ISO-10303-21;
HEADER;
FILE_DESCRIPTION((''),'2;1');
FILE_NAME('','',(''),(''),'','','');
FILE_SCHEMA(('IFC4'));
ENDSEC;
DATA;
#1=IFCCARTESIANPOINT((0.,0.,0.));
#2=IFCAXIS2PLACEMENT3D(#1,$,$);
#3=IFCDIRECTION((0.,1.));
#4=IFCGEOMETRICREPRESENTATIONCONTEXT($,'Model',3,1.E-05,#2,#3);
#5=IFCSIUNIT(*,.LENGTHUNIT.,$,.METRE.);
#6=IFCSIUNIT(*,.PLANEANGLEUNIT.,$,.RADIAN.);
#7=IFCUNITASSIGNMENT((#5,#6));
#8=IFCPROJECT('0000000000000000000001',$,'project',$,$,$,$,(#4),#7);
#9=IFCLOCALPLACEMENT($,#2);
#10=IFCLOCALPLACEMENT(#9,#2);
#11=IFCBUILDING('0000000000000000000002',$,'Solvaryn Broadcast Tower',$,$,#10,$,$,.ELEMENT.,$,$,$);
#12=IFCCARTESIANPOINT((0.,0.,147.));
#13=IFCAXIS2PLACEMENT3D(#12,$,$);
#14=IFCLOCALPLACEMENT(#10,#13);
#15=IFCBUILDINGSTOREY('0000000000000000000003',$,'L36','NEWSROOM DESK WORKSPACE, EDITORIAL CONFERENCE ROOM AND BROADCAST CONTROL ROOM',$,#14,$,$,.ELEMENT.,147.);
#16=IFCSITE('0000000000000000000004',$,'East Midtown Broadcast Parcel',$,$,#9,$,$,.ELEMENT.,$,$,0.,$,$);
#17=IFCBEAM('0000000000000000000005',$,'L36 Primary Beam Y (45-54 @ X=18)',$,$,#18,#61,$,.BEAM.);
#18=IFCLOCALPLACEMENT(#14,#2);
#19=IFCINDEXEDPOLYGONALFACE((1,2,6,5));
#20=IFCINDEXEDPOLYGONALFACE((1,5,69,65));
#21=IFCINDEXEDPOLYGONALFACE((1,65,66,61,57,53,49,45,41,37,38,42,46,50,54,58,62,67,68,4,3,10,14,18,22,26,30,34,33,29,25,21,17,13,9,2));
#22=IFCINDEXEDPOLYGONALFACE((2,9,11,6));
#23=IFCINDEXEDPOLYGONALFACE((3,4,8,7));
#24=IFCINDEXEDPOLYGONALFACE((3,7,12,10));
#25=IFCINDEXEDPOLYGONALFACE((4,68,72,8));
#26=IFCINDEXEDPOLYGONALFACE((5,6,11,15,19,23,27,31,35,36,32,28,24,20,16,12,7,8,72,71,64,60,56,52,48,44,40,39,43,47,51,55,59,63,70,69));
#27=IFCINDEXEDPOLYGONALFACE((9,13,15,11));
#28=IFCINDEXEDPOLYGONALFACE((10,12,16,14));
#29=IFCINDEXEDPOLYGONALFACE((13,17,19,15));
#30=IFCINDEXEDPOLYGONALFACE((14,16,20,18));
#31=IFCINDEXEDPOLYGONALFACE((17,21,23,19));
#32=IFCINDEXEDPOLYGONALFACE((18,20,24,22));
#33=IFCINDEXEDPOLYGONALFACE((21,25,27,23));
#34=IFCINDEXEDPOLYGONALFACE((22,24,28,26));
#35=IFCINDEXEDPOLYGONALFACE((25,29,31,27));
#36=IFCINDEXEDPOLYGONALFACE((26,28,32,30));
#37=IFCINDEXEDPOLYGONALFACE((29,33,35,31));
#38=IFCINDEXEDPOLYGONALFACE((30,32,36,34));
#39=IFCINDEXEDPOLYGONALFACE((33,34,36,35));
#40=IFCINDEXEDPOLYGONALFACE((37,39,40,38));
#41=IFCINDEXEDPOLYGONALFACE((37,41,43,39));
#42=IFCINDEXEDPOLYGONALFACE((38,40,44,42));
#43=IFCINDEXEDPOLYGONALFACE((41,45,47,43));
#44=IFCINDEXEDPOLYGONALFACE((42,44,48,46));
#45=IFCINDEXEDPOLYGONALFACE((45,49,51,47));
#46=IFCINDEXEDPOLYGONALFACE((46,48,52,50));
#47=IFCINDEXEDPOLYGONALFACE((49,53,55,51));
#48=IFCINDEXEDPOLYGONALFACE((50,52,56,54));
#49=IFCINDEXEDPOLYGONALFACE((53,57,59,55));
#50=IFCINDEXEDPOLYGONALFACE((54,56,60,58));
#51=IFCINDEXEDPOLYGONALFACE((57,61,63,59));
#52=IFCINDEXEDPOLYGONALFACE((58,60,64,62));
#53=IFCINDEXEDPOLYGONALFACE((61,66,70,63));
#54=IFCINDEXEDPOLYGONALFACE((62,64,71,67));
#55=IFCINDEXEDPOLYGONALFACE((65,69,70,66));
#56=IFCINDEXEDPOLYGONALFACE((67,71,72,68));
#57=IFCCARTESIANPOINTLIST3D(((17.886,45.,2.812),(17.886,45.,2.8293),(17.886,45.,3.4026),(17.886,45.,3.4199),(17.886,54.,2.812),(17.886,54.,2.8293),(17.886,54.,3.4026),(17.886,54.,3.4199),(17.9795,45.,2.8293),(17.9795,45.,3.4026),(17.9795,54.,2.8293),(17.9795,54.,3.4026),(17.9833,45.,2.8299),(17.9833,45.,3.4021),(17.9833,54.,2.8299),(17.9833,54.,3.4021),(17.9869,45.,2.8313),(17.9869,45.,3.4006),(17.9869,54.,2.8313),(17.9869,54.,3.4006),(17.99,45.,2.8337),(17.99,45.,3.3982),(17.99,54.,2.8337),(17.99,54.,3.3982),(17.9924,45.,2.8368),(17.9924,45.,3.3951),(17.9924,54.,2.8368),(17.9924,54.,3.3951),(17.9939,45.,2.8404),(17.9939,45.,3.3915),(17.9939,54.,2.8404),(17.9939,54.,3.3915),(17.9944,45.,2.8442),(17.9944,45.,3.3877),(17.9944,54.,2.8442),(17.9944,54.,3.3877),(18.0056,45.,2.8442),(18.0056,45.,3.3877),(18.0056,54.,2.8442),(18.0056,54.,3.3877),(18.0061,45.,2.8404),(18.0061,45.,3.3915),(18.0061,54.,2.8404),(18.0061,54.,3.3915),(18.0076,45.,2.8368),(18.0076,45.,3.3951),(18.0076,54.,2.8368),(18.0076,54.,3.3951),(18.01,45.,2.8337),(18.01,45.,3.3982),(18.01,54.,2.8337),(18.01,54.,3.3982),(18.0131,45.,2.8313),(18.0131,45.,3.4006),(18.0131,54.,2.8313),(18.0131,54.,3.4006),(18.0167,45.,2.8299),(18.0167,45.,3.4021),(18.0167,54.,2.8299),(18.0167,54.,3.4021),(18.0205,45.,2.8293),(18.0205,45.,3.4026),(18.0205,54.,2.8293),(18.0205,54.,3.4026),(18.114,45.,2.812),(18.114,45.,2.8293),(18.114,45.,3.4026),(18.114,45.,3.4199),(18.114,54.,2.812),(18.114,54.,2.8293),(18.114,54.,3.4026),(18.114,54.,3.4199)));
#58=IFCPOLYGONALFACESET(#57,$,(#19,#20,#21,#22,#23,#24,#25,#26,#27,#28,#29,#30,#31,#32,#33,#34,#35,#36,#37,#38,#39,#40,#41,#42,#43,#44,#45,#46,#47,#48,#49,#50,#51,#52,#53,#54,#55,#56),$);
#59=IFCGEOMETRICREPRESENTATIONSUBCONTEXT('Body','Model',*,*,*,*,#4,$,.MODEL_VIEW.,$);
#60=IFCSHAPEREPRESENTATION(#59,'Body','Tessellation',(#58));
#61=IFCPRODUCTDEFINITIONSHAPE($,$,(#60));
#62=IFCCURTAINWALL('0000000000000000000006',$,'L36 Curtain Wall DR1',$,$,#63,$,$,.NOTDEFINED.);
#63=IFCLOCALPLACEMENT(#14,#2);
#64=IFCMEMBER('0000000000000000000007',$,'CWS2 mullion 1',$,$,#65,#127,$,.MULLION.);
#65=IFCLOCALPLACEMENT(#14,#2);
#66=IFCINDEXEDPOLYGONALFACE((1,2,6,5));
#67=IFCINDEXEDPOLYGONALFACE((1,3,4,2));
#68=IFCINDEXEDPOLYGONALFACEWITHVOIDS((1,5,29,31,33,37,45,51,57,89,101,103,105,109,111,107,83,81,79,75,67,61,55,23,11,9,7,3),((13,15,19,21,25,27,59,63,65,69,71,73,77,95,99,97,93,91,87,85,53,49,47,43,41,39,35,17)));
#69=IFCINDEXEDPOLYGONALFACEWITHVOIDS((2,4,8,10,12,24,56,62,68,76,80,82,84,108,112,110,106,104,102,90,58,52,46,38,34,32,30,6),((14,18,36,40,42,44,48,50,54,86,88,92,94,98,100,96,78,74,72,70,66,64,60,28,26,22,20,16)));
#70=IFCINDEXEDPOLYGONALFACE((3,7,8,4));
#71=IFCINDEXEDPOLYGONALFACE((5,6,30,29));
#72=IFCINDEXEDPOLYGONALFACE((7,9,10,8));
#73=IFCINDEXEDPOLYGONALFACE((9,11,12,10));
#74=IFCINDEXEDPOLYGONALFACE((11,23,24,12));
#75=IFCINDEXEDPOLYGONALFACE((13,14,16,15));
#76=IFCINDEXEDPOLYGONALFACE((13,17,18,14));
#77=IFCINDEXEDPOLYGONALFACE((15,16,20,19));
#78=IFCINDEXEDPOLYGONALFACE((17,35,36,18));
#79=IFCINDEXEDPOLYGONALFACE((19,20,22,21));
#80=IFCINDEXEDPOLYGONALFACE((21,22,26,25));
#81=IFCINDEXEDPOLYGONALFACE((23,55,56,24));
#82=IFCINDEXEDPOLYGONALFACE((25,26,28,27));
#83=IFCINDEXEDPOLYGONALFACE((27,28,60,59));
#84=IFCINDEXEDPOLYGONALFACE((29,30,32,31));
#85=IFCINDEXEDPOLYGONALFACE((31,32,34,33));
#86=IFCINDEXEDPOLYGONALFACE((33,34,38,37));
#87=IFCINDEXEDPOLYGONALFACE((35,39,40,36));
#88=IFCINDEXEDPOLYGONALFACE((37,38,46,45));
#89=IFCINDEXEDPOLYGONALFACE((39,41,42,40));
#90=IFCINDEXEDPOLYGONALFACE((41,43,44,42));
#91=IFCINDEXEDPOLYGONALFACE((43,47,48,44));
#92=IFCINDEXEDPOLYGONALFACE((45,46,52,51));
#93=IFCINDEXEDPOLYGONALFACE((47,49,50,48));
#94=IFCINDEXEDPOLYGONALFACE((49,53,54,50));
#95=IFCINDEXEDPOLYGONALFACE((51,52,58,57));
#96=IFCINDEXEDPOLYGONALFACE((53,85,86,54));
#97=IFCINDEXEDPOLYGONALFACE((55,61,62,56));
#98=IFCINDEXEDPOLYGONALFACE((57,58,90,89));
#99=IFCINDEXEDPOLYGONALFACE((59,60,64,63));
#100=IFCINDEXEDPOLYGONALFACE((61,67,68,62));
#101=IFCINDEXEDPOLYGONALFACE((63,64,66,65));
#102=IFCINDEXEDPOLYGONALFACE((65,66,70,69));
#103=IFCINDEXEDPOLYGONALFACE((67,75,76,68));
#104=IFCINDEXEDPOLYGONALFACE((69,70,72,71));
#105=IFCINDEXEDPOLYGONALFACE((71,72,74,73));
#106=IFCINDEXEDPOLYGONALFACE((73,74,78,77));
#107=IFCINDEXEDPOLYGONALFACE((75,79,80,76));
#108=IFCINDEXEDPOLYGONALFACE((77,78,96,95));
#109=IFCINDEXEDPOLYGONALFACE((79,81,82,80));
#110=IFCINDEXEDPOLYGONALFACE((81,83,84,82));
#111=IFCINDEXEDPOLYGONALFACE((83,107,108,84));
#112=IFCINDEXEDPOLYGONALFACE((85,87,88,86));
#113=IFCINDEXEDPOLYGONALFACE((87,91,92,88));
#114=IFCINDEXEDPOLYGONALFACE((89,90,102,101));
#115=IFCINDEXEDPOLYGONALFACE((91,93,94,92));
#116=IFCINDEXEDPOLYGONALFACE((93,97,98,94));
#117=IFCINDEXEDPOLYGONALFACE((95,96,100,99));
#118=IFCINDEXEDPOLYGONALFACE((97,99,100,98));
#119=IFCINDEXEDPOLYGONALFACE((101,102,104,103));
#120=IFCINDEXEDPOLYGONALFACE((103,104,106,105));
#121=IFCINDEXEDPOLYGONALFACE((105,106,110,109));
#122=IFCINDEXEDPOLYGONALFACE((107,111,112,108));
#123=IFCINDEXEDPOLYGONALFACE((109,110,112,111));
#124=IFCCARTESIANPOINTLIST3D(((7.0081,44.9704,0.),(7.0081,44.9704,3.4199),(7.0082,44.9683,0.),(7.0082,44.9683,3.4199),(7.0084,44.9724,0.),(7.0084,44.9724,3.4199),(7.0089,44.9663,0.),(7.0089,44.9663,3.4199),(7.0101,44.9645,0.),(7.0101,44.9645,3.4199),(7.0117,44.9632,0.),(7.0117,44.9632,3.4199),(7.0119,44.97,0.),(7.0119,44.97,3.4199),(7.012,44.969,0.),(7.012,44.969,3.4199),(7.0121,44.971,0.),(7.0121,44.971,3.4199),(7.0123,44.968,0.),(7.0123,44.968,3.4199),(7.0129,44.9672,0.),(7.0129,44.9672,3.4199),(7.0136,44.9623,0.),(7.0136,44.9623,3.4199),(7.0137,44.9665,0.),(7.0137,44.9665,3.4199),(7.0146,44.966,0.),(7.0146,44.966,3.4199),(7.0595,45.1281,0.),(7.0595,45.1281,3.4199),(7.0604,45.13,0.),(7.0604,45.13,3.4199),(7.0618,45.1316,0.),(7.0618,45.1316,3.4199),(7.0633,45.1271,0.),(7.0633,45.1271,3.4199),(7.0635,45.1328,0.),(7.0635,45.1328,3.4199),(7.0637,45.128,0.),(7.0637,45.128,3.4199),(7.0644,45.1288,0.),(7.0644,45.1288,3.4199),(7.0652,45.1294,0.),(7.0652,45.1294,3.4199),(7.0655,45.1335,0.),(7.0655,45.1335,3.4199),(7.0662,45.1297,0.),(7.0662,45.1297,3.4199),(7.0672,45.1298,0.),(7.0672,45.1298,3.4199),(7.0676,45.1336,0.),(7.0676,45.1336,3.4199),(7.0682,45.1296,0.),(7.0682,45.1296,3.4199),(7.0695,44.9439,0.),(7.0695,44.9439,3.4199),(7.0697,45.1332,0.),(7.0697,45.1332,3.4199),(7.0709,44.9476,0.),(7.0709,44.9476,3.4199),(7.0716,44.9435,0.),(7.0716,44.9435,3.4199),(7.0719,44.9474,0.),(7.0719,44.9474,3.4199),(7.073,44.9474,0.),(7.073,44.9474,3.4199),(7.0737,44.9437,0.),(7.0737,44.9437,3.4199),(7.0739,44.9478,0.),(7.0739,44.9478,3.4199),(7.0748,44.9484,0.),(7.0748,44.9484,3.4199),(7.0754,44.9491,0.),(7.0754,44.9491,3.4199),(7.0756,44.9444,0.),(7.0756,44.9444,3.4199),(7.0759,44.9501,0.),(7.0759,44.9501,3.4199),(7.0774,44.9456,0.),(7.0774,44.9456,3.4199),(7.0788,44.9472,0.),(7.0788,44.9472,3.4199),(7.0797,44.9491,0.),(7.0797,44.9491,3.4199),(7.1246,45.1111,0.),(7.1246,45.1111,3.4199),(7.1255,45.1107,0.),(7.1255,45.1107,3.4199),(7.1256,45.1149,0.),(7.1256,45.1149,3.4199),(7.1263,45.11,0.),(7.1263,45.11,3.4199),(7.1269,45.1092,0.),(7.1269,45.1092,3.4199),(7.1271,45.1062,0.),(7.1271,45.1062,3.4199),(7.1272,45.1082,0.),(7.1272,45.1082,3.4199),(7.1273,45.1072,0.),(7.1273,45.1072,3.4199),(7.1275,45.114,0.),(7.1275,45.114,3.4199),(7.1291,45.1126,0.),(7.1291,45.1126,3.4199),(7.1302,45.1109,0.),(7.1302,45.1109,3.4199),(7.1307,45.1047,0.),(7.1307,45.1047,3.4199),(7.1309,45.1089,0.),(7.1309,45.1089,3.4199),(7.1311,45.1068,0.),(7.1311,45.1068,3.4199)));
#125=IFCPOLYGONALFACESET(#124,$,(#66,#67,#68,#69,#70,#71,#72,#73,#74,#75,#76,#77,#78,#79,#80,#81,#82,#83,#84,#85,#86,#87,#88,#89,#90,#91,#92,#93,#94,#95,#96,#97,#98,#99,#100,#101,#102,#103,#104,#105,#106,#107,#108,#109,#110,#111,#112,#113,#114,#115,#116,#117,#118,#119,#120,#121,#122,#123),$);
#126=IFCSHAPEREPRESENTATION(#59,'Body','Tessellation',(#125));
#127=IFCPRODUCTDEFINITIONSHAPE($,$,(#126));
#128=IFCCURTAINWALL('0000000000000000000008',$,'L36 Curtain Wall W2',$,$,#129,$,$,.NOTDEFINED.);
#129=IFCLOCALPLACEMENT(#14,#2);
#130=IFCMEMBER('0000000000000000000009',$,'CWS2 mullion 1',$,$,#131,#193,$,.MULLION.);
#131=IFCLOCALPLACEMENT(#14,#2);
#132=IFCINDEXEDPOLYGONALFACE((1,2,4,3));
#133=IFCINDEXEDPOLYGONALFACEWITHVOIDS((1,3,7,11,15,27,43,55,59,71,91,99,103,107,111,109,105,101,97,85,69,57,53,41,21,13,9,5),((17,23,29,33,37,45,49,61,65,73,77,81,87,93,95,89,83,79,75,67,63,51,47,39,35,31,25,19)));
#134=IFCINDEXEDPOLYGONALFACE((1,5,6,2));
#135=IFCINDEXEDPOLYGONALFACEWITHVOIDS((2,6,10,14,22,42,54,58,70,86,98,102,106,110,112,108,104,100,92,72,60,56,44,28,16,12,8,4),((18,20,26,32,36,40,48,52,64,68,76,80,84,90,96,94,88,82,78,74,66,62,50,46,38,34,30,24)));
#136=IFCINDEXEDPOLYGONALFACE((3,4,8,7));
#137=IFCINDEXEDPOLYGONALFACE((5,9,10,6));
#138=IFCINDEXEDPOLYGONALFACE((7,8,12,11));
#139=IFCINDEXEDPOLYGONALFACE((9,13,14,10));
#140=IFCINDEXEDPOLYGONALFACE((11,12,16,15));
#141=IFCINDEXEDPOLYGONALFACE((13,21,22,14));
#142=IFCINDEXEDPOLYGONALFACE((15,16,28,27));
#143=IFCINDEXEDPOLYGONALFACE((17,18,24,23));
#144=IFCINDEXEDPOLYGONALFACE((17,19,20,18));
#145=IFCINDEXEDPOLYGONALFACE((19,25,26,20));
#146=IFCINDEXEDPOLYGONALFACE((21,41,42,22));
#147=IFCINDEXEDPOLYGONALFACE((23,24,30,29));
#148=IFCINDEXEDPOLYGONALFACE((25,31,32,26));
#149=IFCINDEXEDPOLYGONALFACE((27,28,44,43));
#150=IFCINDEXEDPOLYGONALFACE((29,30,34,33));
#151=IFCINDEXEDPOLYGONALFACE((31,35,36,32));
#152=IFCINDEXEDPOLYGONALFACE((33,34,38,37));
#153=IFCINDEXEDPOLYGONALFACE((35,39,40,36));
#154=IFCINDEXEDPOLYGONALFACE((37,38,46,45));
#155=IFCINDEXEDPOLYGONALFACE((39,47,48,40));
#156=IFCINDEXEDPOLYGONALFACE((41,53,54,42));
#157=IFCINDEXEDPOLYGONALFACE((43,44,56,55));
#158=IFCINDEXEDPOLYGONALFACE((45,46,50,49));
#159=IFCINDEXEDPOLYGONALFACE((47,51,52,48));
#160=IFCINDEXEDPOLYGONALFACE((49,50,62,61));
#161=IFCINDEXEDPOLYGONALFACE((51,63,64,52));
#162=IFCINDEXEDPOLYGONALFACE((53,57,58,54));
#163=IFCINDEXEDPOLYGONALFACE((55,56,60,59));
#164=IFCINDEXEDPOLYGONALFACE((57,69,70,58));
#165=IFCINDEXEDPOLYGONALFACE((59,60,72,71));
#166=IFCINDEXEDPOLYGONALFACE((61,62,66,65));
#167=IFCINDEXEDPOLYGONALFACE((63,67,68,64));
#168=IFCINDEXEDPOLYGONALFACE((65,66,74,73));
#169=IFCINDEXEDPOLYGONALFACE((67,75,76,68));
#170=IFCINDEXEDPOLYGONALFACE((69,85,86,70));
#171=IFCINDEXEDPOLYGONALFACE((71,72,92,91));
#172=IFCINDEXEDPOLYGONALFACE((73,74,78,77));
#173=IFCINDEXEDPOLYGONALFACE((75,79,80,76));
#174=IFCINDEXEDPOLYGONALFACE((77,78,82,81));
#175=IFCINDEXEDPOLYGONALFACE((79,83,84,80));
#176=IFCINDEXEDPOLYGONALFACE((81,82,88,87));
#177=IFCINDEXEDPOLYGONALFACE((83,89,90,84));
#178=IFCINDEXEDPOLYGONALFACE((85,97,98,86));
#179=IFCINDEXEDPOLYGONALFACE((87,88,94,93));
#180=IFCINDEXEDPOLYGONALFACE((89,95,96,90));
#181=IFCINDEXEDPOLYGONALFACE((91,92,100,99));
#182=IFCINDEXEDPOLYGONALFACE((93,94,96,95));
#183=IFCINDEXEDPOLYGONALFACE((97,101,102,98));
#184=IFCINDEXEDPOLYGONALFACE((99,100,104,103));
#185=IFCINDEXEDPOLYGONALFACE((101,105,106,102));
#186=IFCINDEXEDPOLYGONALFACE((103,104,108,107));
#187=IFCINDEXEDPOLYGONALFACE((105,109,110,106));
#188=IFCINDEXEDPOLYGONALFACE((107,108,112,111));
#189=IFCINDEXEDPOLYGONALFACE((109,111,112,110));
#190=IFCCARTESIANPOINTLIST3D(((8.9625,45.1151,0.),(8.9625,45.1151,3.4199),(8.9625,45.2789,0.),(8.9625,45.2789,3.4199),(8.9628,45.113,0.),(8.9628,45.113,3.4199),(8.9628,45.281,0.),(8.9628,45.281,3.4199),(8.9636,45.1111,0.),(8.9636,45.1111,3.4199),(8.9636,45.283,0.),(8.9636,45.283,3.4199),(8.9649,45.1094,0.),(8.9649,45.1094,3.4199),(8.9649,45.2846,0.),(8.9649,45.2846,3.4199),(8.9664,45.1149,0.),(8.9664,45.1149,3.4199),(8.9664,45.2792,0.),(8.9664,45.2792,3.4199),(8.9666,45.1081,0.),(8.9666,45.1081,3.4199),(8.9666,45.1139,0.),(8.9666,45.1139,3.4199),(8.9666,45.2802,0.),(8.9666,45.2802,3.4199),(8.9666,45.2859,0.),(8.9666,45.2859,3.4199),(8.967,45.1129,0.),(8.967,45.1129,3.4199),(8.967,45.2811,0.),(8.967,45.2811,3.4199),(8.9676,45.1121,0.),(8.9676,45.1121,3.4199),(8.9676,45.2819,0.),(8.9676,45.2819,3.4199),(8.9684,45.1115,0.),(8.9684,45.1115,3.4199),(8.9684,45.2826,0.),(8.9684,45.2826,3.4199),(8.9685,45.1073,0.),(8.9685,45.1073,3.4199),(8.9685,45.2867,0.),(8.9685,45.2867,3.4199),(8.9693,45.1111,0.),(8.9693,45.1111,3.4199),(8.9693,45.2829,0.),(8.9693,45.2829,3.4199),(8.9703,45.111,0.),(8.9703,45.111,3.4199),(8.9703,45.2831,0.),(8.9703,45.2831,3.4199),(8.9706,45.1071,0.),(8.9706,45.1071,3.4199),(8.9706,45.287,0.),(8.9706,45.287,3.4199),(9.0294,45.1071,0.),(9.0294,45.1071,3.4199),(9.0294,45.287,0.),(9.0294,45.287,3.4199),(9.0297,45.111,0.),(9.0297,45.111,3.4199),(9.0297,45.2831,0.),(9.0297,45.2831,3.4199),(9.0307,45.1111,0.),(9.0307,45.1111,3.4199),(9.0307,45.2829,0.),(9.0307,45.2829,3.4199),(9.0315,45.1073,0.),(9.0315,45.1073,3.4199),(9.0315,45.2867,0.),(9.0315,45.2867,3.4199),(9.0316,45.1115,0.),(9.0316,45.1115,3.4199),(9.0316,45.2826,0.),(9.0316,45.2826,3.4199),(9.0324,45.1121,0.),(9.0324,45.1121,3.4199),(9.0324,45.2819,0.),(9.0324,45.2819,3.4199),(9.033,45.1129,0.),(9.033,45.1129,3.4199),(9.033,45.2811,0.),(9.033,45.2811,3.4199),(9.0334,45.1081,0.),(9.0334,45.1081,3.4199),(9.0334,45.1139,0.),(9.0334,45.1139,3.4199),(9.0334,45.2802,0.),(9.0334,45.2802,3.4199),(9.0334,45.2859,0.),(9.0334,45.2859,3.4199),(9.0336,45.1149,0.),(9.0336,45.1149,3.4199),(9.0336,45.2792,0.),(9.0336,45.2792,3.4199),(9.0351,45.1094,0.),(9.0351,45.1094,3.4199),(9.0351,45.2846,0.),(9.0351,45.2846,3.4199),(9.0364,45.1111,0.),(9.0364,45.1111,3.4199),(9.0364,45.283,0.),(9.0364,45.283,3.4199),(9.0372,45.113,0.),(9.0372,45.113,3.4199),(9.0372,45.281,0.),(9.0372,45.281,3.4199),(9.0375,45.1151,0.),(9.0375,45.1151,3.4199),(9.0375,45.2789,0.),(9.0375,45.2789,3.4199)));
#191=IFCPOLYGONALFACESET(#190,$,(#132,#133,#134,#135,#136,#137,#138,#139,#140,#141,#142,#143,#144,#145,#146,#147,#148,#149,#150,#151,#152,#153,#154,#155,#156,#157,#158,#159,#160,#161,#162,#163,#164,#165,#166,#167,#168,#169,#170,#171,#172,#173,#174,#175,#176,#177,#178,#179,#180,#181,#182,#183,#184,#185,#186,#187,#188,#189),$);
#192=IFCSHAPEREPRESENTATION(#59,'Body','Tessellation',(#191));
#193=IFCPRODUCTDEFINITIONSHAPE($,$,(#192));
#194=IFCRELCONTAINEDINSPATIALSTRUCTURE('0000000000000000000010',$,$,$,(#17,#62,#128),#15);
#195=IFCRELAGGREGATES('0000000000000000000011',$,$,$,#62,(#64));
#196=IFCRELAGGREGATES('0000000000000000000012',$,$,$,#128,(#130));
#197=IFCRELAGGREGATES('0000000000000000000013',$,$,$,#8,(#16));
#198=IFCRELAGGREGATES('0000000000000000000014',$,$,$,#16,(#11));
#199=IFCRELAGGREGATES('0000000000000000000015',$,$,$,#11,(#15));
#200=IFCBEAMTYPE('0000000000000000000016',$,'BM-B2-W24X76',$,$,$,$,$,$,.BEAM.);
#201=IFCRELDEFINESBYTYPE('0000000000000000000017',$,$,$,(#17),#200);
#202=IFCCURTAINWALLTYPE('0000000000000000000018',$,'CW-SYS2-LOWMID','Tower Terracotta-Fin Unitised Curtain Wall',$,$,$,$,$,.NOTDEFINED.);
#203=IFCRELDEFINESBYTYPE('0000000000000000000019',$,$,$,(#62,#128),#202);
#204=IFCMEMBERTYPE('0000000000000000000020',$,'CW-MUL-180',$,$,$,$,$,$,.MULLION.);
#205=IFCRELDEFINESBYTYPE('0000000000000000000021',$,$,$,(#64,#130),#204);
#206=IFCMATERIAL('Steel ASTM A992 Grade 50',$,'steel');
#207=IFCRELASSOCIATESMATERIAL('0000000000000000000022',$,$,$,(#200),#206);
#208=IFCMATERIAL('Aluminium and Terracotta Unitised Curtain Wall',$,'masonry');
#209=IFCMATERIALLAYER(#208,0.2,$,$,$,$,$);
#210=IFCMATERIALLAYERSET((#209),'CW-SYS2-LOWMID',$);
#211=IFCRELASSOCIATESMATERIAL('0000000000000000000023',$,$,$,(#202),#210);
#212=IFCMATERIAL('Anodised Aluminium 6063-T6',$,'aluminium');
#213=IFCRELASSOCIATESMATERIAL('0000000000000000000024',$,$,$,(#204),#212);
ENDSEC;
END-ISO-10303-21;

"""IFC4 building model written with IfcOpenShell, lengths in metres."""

from ifc_helpers import new_model, si_unit, direction, frame, origin, origin_2d, place, context, subcontext, project, spatial, hollow_rectangle, i_section, extrude, material, layer, layer_set, material_profile, profile_set, type_object, element, aggregate, save


model = new_model("IFC4")

# Units and contexts
model_context = context("Model", 3, precision=1e-05, world=origin(), true_north=direction((0.0, 1.0)))
body_context = subcontext(model_context, "Body", "Model", "MODEL_VIEW")
ifc_project = project(units=[si_unit("LENGTHUNIT", "METRE"), si_unit("PLANEANGLEUNIT", "RADIAN")], contexts=[model_context])

# Site, building, storey
site_placement = place(None, origin())
site = spatial("IfcSite", under=ifc_project, at=site_placement, Name="East Midtown Broadcast Parcel", CompositionType="ELEMENT", RefElevation=0.0)
building_placement = place(site_placement, origin())
building = spatial("IfcBuilding", under=site, at=building_placement, Name="Solvaryn Broadcast Tower", CompositionType="ELEMENT")
storey_placement = place(building_placement, frame((0.0, 0.0, 147.0)))
storey = spatial("IfcBuildingStorey", under=building, at=storey_placement, Name="L36", Description="NEWSROOM DESK WORKSPACE, EDITORIAL CONFERENCE ROOM AND BROADCAST CONTROL ROOM", CompositionType="ELEMENT", Elevation=147.0)

# Beam
ifc_material_1 = material(Name="Steel ASTM A992 Grade 50", Category="steel")
ifc_material_profile_1 = material_profile(ifc_material_1, i_section(OverallWidth=0.228, OverallDepth=0.6079, WebThickness=0.0112, FlangeThickness=0.0173, FilletRadius=0.0149, at=origin_2d()))
ifc_profile_set_1 = profile_set([ifc_material_profile_1], Name="Steel ASTM A992 Grade 50")
beam_type_1 = type_object("IfcBeamType", Name="BM-B2-W24X76", PredefinedType="BEAM", material=ifc_profile_set_1)
beam_1_placement = place(storey_placement, frame((18.0, 45.0, 3.116), z_axis=(0.0, 1.0, 0.0), x_axis=(-1.0, 0.0, 0.0)))
element("IfcBeam", 1, at=beam_1_placement, inside=storey, type_object=beam_type_1, Name="L36 Primary Beam Y (45-54 @ X=18)", PredefinedType="BEAM", context=body_context, shape_type="SweptSolid", body=[
    extrude(i_section(OverallWidth=0.228, OverallDepth=0.6079, WebThickness=0.0112, FlangeThickness=0.0173, FilletRadius=0.0149, at=origin_2d()), origin(), (0.0, 0.0, 1.0), 9.0),
])

# Curtain walls, members
ifc_material_2 = material(Name="Aluminium and Terracotta Unitised Curtain Wall", Category="masonry")
ifc_layer_1 = layer(ifc_material_2, 0.2)
ifc_layer_set_1 = layer_set([ifc_layer_1], Name="CW-SYS2-LOWMID")
curtain_wall_type = type_object("IfcCurtainWallType", Name="CW-SYS2-LOWMID", Description="Tower Terracotta-Fin Unitised Curtain Wall", PredefinedType="NOTDEFINED", material=ifc_layer_set_1)
curtain_wall_1_placement = place(storey_placement, origin())
curtain_wall_1 = element("IfcCurtainWall", 2, at=curtain_wall_1_placement, inside=storey, type_object=curtain_wall_type, Name="L36 Curtain Wall DR1", PredefinedType="NOTDEFINED")
ifc_material_3 = material(Name="Anodised Aluminium 6063-T6", Category="aluminium")
ifc_material_profile_2 = material_profile(ifc_material_3, hollow_rectangle(XDim=0.075, YDim=0.1799, WallThickness=0.0039, InnerFilletRadius=0.0039, OuterFilletRadius=0.0081, at=origin_2d()))
ifc_profile_set_2 = profile_set([ifc_material_profile_2], Name="Anodised Aluminium 6063-T6")
member_type_1 = type_object("IfcMemberType", Name="CW-MUL-180", PredefinedType="MULLION", material=ifc_profile_set_2)
member_1_placement = place(storey_placement, frame((7.0696, 45.0386, 0.0), z_axis=(0.0, 0.0, 1.0), x_axis=(0.950198, -0.311646, 0.0)))
member_1 = element("IfcMember", 3, at=member_1_placement, type_object=member_type_1, Name="CWS2 mullion 1", PredefinedType="MULLION", context=body_context, shape_type="SweptSolid", body=[
    extrude(hollow_rectangle(XDim=0.075, YDim=0.1799, WallThickness=0.0039, InnerFilletRadius=0.0039, OuterFilletRadius=0.0081, at=origin_2d()), origin(), (0.0, 0.0, 1.0), 3.4199),
])
curtain_wall_2_placement = place(storey_placement, origin())
curtain_wall_2 = element("IfcCurtainWall", 4, at=curtain_wall_2_placement, inside=storey, type_object=curtain_wall_type, Name="L36 Curtain Wall W2", PredefinedType="NOTDEFINED")
member_2_placement = place(storey_placement, frame((9.0, 45.197, 0.0), z_axis=(0.0, 0.0, 1.0), x_axis=(-1.0, 0.0, 0.0)))
member_2 = element("IfcMember", 5, at=member_2_placement, type_object=member_type_1, Name="CWS2 mullion 1", PredefinedType="MULLION", context=body_context, shape_type="SweptSolid", body=[
    extrude(hollow_rectangle(XDim=0.075, YDim=0.1799, WallThickness=0.0039, InnerFilletRadius=0.0039, OuterFilletRadius=0.0081, at=origin_2d()), origin(), (0.0, 0.0, 1.0), 3.4199),
])

aggregate(curtain_wall_1, [member_1])
aggregate(curtain_wall_2, [member_2])

save(model, "model.ifc")
